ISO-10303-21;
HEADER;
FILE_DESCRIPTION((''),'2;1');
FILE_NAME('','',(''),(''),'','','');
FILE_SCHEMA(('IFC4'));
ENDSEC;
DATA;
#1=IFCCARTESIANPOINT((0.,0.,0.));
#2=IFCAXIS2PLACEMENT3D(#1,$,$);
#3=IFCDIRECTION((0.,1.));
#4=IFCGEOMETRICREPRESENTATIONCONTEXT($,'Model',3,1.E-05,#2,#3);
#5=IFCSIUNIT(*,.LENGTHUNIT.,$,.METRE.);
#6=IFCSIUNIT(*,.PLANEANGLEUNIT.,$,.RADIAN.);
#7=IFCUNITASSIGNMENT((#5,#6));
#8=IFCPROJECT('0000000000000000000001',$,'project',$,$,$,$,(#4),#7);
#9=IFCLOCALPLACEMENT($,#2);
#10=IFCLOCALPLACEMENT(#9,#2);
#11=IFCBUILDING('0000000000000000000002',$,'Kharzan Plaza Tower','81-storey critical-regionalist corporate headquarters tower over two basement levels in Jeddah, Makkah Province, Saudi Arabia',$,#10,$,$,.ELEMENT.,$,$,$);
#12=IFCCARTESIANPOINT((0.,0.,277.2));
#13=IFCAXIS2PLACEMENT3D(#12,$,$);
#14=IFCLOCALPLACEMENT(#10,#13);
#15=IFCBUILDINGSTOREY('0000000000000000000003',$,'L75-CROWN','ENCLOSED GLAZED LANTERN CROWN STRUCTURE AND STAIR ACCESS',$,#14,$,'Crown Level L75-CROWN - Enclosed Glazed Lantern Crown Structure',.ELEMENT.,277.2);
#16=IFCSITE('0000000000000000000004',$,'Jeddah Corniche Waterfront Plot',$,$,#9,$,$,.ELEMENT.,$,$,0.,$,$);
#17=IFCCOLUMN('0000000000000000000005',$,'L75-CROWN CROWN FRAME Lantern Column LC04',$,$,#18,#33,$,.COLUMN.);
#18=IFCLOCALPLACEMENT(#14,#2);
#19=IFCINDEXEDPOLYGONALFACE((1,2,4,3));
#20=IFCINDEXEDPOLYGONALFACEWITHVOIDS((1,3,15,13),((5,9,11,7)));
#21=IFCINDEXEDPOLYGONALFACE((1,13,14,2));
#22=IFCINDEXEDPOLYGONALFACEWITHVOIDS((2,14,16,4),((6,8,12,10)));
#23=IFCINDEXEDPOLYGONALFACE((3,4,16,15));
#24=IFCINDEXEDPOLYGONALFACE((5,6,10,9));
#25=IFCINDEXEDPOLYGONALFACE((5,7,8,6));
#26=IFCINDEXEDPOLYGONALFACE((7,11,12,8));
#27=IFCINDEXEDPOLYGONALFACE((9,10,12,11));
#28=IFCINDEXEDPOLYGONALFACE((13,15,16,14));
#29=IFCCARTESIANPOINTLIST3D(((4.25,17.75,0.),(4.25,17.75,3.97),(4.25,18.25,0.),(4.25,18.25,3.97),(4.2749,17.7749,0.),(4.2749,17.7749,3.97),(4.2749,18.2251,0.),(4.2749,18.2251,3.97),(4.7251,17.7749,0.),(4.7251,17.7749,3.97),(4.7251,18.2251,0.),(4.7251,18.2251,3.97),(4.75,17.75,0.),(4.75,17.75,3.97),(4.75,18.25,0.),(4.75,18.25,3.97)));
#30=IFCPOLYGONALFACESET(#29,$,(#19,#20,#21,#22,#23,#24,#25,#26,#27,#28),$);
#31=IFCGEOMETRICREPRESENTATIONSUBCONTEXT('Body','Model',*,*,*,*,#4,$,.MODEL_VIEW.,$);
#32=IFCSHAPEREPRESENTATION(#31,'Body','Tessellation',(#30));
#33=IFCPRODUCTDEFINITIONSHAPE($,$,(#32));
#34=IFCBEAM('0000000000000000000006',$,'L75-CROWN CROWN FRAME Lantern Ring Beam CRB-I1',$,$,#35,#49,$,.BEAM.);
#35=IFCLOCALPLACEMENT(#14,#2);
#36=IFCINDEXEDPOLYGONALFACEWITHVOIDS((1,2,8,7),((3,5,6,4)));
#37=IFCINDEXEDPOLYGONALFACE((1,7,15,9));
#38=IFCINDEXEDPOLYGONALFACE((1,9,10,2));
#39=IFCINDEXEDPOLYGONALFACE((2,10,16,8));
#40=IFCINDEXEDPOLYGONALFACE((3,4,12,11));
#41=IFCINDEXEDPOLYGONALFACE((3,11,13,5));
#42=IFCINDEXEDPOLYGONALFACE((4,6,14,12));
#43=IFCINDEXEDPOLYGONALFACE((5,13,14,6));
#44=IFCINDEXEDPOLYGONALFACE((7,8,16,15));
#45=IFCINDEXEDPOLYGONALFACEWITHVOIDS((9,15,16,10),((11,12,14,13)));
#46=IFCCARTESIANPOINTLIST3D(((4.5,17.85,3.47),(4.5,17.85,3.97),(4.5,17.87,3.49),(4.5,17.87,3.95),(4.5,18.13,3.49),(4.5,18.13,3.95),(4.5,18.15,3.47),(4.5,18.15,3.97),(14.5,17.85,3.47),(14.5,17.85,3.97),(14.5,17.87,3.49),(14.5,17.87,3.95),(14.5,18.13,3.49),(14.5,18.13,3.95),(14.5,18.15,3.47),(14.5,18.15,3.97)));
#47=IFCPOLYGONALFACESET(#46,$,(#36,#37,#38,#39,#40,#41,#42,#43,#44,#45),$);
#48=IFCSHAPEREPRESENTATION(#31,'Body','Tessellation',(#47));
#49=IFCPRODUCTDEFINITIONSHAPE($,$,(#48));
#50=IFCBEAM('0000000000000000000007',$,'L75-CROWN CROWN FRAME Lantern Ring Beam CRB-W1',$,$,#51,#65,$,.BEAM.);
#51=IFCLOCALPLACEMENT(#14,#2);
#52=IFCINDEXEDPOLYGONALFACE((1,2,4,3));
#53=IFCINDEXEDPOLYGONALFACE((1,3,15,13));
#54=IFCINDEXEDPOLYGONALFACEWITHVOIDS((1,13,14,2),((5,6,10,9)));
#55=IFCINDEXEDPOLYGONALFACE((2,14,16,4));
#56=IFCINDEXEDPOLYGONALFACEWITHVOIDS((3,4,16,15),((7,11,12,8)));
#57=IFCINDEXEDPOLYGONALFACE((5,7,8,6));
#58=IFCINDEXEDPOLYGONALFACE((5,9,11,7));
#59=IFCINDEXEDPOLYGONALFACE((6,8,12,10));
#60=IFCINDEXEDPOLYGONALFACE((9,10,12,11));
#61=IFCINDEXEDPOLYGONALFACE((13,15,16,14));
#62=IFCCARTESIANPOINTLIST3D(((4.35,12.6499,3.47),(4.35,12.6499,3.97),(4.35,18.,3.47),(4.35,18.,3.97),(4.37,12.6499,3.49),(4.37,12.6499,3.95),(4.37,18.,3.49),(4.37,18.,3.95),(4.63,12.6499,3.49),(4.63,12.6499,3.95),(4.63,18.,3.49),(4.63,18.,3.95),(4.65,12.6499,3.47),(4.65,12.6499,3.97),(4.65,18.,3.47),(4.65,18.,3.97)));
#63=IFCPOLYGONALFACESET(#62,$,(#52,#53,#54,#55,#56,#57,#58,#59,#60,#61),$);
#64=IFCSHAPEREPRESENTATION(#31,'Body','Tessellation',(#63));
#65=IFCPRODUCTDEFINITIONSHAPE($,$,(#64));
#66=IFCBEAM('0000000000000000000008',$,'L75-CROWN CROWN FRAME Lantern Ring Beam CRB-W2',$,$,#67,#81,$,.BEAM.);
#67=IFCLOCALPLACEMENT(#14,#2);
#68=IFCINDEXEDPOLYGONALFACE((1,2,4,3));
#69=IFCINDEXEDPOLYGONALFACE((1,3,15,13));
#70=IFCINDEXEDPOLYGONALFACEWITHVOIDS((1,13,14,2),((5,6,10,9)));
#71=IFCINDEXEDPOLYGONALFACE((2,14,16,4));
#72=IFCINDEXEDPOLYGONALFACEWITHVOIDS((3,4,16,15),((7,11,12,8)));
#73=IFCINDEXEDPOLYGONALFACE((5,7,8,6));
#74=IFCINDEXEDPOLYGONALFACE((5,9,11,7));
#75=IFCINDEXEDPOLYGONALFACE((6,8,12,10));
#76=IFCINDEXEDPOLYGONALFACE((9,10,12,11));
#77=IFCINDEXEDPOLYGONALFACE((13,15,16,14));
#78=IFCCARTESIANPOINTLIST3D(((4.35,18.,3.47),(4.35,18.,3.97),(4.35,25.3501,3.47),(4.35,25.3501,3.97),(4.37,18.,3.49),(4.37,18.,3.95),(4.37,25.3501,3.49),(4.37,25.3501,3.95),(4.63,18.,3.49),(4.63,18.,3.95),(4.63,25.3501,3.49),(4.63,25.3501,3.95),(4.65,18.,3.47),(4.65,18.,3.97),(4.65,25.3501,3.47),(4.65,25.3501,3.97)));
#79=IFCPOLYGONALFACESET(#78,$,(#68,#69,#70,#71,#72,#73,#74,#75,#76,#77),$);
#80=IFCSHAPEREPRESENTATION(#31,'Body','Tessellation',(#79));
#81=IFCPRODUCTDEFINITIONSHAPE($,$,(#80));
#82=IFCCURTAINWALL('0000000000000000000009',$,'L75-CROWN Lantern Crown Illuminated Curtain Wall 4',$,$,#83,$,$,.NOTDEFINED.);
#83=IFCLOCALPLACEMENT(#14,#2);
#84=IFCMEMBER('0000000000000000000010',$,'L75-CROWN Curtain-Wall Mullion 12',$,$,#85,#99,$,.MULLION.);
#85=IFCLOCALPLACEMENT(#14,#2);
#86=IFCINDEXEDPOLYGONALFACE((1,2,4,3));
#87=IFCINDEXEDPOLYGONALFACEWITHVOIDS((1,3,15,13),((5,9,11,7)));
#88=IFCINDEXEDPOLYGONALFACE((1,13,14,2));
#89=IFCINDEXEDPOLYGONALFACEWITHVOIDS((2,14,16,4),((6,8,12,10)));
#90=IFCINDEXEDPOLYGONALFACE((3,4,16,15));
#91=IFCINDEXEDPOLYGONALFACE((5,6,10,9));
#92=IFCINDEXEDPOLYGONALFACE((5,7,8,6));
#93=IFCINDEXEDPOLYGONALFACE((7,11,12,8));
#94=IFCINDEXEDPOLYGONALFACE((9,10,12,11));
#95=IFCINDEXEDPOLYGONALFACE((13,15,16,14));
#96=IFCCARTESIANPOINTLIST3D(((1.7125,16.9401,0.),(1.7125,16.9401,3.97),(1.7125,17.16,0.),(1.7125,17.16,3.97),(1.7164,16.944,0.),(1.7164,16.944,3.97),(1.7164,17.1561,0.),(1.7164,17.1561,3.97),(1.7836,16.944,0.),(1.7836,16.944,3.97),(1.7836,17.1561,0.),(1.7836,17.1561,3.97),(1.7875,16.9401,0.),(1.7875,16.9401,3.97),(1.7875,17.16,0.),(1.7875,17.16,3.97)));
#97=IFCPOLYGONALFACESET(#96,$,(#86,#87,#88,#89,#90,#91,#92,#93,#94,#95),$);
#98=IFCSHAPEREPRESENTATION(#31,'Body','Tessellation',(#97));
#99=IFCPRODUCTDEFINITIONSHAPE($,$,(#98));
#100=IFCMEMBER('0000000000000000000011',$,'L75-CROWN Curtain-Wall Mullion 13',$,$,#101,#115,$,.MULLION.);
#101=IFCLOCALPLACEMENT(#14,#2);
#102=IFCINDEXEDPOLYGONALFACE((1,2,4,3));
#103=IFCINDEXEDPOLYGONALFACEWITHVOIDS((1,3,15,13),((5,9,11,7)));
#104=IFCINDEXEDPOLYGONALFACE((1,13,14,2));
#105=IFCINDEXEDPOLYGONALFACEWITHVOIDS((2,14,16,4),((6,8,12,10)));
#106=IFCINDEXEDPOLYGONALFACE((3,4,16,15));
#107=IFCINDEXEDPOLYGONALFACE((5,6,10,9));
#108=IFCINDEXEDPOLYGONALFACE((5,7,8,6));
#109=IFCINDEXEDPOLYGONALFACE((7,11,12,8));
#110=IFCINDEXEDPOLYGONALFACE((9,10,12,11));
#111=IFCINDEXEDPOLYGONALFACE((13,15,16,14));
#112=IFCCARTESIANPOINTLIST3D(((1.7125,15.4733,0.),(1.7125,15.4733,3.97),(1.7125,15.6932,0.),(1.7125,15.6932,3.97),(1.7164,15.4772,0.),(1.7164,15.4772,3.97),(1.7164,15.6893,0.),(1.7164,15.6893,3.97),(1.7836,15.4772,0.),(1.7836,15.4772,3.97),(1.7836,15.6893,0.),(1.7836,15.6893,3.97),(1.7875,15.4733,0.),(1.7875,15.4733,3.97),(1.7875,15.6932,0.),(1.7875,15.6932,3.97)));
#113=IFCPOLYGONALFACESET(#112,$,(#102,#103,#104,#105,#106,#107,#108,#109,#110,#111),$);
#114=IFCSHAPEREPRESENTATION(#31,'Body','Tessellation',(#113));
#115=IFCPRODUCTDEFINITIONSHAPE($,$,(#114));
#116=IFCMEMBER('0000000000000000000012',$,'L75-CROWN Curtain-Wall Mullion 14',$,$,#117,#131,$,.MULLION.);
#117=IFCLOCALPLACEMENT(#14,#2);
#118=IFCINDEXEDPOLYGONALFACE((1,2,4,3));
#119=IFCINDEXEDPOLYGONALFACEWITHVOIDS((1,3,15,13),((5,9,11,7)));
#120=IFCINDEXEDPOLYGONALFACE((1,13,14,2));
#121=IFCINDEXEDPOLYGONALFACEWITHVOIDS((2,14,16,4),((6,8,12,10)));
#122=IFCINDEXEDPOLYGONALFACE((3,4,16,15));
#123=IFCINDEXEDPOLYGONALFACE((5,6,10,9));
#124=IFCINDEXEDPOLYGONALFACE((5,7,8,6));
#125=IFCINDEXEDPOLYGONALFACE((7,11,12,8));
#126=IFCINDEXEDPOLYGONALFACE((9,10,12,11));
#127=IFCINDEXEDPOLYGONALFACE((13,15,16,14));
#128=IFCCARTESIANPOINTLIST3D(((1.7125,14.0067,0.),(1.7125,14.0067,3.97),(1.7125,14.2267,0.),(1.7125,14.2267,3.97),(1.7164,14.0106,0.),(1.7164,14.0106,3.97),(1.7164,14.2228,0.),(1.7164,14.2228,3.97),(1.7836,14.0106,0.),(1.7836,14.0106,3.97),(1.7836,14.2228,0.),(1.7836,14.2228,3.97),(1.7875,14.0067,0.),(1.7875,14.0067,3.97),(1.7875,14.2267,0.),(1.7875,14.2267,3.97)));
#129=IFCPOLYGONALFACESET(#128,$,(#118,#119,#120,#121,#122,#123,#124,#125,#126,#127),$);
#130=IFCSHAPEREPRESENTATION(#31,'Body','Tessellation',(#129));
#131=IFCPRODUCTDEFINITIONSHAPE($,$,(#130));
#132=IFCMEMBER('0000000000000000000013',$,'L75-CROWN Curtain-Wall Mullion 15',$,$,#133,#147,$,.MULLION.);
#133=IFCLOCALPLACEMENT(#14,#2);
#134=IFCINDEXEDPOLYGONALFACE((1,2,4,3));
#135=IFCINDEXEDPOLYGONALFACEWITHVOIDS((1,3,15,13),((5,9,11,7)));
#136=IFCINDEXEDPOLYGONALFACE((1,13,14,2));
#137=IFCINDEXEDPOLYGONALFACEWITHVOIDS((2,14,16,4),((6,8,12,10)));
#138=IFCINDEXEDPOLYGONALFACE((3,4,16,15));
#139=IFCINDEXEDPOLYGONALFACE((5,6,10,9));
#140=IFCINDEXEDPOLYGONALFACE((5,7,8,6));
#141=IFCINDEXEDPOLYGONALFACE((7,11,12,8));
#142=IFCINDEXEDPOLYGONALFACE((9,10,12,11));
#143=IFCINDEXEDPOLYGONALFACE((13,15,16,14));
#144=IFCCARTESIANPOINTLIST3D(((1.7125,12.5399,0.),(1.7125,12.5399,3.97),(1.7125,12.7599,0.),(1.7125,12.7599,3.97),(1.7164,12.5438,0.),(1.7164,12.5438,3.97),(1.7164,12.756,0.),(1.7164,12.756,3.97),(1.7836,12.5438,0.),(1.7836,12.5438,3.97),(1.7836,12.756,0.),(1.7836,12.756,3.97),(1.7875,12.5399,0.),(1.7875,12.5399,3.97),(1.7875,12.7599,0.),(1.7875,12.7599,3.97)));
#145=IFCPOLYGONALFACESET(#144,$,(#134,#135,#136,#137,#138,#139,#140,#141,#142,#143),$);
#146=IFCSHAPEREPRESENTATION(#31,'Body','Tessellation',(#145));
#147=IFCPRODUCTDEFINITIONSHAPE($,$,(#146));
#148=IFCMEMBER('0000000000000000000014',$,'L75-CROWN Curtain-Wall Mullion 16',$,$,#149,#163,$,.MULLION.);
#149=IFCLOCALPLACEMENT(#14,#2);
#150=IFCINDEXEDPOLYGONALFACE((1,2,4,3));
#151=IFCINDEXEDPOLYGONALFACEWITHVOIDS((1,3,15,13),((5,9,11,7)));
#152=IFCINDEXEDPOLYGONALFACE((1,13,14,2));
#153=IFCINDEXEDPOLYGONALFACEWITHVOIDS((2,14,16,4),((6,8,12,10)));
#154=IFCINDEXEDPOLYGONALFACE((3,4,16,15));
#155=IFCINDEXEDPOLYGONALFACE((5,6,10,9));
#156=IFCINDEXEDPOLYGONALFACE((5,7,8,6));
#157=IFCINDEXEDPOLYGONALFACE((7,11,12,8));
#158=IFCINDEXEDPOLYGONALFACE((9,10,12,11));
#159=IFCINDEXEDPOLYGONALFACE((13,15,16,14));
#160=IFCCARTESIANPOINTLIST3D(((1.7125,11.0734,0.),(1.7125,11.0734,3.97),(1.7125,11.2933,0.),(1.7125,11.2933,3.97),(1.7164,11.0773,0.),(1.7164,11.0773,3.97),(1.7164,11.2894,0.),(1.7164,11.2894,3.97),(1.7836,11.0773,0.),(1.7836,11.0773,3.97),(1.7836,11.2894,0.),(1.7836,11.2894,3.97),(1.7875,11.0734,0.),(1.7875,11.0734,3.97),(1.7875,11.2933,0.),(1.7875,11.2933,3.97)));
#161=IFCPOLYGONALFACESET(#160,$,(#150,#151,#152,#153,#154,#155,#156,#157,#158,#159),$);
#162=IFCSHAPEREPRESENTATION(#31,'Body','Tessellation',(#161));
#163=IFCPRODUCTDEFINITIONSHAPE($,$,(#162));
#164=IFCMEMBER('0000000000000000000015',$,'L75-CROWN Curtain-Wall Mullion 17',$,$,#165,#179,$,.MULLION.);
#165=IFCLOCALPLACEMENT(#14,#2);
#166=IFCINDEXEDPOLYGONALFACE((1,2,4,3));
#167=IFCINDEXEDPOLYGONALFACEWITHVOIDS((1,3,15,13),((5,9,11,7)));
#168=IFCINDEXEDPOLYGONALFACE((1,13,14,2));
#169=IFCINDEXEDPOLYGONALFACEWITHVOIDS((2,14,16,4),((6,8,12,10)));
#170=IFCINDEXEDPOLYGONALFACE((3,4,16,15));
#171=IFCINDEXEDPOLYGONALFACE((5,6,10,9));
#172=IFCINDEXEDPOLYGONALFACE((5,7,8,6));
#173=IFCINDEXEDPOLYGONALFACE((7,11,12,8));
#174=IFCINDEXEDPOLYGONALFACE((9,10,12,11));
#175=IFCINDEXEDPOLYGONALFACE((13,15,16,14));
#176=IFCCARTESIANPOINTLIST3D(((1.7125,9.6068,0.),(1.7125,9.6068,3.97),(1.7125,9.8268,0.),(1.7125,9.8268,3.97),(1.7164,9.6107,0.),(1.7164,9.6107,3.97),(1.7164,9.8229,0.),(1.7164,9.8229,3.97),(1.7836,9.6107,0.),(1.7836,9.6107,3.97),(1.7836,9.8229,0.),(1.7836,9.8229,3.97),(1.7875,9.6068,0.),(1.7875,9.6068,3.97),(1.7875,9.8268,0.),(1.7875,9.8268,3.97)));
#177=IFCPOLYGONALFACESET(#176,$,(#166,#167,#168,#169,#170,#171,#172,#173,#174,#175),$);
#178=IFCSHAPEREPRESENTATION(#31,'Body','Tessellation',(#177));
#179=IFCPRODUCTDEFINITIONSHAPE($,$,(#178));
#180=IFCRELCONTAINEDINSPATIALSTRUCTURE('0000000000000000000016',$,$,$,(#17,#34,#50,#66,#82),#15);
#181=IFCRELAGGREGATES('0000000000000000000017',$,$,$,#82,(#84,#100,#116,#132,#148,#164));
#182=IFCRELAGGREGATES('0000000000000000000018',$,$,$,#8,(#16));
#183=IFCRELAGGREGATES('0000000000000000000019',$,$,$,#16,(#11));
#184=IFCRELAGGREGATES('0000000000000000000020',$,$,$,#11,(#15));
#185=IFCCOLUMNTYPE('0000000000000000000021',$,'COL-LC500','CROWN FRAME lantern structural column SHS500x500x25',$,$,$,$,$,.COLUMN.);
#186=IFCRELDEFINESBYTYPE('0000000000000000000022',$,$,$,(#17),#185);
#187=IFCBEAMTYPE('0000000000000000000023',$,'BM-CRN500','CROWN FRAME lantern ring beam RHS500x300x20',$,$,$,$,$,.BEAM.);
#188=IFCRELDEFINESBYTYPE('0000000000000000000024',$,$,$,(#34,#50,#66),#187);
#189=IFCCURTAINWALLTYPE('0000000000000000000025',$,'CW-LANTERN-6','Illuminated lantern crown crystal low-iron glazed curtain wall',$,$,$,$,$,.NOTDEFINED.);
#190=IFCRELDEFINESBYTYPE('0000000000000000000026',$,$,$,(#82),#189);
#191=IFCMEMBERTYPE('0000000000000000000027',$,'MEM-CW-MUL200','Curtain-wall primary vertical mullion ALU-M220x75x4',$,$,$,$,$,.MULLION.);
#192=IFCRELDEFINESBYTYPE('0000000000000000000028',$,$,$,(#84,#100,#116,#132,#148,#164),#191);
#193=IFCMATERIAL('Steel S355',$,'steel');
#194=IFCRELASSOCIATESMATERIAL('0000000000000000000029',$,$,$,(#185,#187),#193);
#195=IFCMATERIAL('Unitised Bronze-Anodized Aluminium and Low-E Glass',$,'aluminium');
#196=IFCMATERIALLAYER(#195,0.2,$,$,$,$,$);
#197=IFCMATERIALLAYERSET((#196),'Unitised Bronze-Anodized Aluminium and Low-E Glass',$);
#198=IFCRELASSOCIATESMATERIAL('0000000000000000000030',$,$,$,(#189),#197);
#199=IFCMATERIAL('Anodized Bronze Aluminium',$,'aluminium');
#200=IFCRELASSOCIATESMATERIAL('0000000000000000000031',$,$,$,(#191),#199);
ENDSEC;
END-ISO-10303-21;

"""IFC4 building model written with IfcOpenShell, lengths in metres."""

from ifc_helpers import new_model, si_unit, direction, frame, origin, origin_2d, place, context, subcontext, project, spatial, hollow_rectangle, extrude, source, transform, mapped, material, layer, layer_set, material_profile, profile_set, type_object, element, aggregate, save


model = new_model("IFC4")

# Units and contexts
model_context = context("Model", 3, precision=1e-05, world=origin(), true_north=direction((0.0, 1.0)))
body_context = subcontext(model_context, "Body", "Model", "MODEL_VIEW")
ifc_project = project(units=[si_unit("LENGTHUNIT", "METRE"), si_unit("PLANEANGLEUNIT", "RADIAN")], contexts=[model_context])

# Site, building, storey
site_placement = place(None, origin())
site = spatial("IfcSite", under=ifc_project, at=site_placement, Name="Jeddah Corniche Waterfront Plot", CompositionType="ELEMENT", RefElevation=0.0)
building_placement = place(site_placement, origin())
building = spatial("IfcBuilding", under=site, at=building_placement, Name="Kharzan Plaza Tower", Description="81-storey critical-regionalist corporate headquarters tower over two basement levels in Jeddah, Makkah Province, Saudi Arabia", CompositionType="ELEMENT")
storey_placement = place(building_placement, frame((0.0, 0.0, 277.2)))
storey = spatial("IfcBuildingStorey", under=building, at=storey_placement, Name="L75-CROWN", Description="ENCLOSED GLAZED LANTERN CROWN STRUCTURE AND STAIR ACCESS", LongName="Crown Level L75-CROWN - Enclosed Glazed Lantern Crown Structure", CompositionType="ELEMENT", Elevation=277.2)

# Column
ifc_material_1 = material(Name="Steel S355", Category="steel")
ifc_material_profile_1 = material_profile(ifc_material_1, hollow_rectangle(XDim=0.5, YDim=0.5, WallThickness=0.0249, at=origin_2d()), Name="SHS500x500x25")
ifc_profile_set_1 = profile_set([ifc_material_profile_1], Name="Steel S355")
column_type = type_object("IfcColumnType", Name="COL-LC500", Description="CROWN FRAME lantern structural column SHS500x500x25", PredefinedType="COLUMN", material=ifc_profile_set_1)
shared_shape_1 = source(origin(), body_context, "Body", "SweptSolid", [
    extrude(hollow_rectangle(XDim=0.5, YDim=0.5, WallThickness=0.0249, at=origin_2d()), origin(), (0.0, 0.0, 1.0), 3.97),
])
column_placement = place(storey_placement, frame((4.5, 18.0, 0.0), z_axis=(0.0, 0.0, 1.0), x_axis=(1.0, 0.0, 0.0)))
element("IfcColumn", 1, at=column_placement, inside=storey, type_object=column_type, Name="L75-CROWN CROWN FRAME Lantern Column LC04", PredefinedType="COLUMN", context=body_context, shape_type="MappedRepresentation", body=[
    mapped(shared_shape_1, transform((0.0, 0.0, 0.0), x_axis=(1.0, 0.0, 0.0), y_axis=(0.0, 1.0, 0.0), z_axis=(0.0, 0.0, 1.0))),
])

# Beams
ifc_material_profile_2 = material_profile(ifc_material_1, hollow_rectangle(XDim=0.3, YDim=0.5, WallThickness=0.02, at=origin_2d()), Name="RHS500x300x20")
ifc_profile_set_2 = profile_set([ifc_material_profile_2], Name="Steel S355")
beam_type = type_object("IfcBeamType", Name="BM-CRN500", Description="CROWN FRAME lantern ring beam RHS500x300x20", PredefinedType="BEAM", material=ifc_profile_set_2)
shared_shape_2 = source(origin(), body_context, "Body", "SweptSolid", [
    extrude(hollow_rectangle(XDim=0.3, YDim=0.5, WallThickness=0.02, at=origin_2d()), origin(), (0.0, 0.0, 1.0), 10.0),
])
beam_1_placement = place(storey_placement, frame((4.5, 18.0, 3.72), z_axis=(1.0, 0.0, 0.0), x_axis=(0.0, 1.0, 0.0)))
element("IfcBeam", 2, at=beam_1_placement, inside=storey, type_object=beam_type, Name="L75-CROWN CROWN FRAME Lantern Ring Beam CRB-I1", PredefinedType="BEAM", context=body_context, shape_type="MappedRepresentation", body=[
    mapped(shared_shape_2, transform((0.0, 0.0, 0.0), x_axis=(1.0, 0.0, 0.0), y_axis=(0.0, 1.0, 0.0), z_axis=(0.0, 0.0, 1.0))),
])
shared_shape_3 = source(origin(), body_context, "Body", "SweptSolid", [
    extrude(hollow_rectangle(XDim=0.3, YDim=0.5, WallThickness=0.02, at=origin_2d()), origin(), (0.0, 0.0, 1.0), 5.3501),
])
beam_2_placement = place(storey_placement, frame((4.5, 12.6499, 3.72), z_axis=(0.0, 1.0, 0.0), x_axis=(-1.0, 0.0, 0.0)))
element("IfcBeam", 3, at=beam_2_placement, inside=storey, type_object=beam_type, Name="L75-CROWN CROWN FRAME Lantern Ring Beam CRB-W1", PredefinedType="BEAM", context=body_context, shape_type="MappedRepresentation", body=[
    mapped(shared_shape_3, transform((0.0, 0.0, 0.0), x_axis=(1.0, 0.0, 0.0), y_axis=(0.0, 1.0, 0.0), z_axis=(0.0, 0.0, 1.0))),
])
shared_shape_4 = source(origin(), body_context, "Body", "SweptSolid", [
    extrude(hollow_rectangle(XDim=0.3, YDim=0.5, WallThickness=0.02, at=origin_2d()), origin(), (0.0, 0.0, 1.0), 7.3501),
])
beam_3_placement = place(storey_placement, frame((4.5, 18.0, 3.72), z_axis=(0.0, 1.0, 0.0), x_axis=(-1.0, 0.0, 0.0)))
element("IfcBeam", 4, at=beam_3_placement, inside=storey, type_object=beam_type, Name="L75-CROWN CROWN FRAME Lantern Ring Beam CRB-W2", PredefinedType="BEAM", context=body_context, shape_type="MappedRepresentation", body=[
    mapped(shared_shape_4, transform((0.0, 0.0, 0.0), x_axis=(1.0, 0.0, 0.0), y_axis=(0.0, 1.0, 0.0), z_axis=(0.0, 0.0, 1.0))),
])

# Curtain wall, members
ifc_material_2 = material(Name="Unitised Bronze-Anodized Aluminium and Low-E Glass", Category="aluminium")
ifc_layer_1 = layer(ifc_material_2, 0.2)
ifc_layer_set_1 = layer_set([ifc_layer_1], Name="Unitised Bronze-Anodized Aluminium and Low-E Glass")
curtain_wall_type = type_object("IfcCurtainWallType", Name="CW-LANTERN-6", Description="Illuminated lantern crown crystal low-iron glazed curtain wall", PredefinedType="NOTDEFINED", material=ifc_layer_set_1)
curtain_wall_placement = place(storey_placement, origin())
curtain_wall = element("IfcCurtainWall", 5, at=curtain_wall_placement, inside=storey, type_object=curtain_wall_type, Name="L75-CROWN Lantern Crown Illuminated Curtain Wall 4", PredefinedType="NOTDEFINED")
ifc_material_3 = material(Name="Anodized Bronze Aluminium", Category="aluminium")
ifc_material_profile_3 = material_profile(ifc_material_3, hollow_rectangle(XDim=0.075, YDim=0.22, WallThickness=0.0039, at=origin_2d()), Name="ALU-M220x75x4")
ifc_profile_set_3 = profile_set([ifc_material_profile_3], Name="Anodized Bronze Aluminium")
member_type = type_object("IfcMemberType", Name="MEM-CW-MUL200", Description="Curtain-wall primary vertical mullion ALU-M220x75x4", PredefinedType="MULLION", material=ifc_profile_set_3)
shared_shape_5 = source(origin(), body_context, "Body", "SweptSolid", [
    extrude(hollow_rectangle(XDim=0.075, YDim=0.22, WallThickness=0.0039, at=origin_2d()), origin(), (0.0, 0.0, 1.0), 3.97),
])
member_1_placement = place(storey_placement, frame((1.75, 17.05, 0.0), z_axis=(0.0, 0.0, 1.0), x_axis=(1.0, 0.0, 0.0)))
member_1 = element("IfcMember", 6, at=member_1_placement, type_object=member_type, Name="L75-CROWN Curtain-Wall Mullion 12", PredefinedType="MULLION", context=body_context, shape_type="MappedRepresentation", body=[
    mapped(shared_shape_5, transform((0.0, 0.0, 0.0), x_axis=(1.0, 0.0, 0.0), y_axis=(0.0, 1.0, 0.0), z_axis=(0.0, 0.0, 1.0))),
])
member_2_placement = place(storey_placement, frame((1.75, 15.5833, 0.0), z_axis=(0.0, 0.0, 1.0), x_axis=(1.0, 0.0, 0.0)))
member_2 = element("IfcMember", 7, at=member_2_placement, type_object=member_type, Name="L75-CROWN Curtain-Wall Mullion 13", PredefinedType="MULLION", context=body_context, shape_type="MappedRepresentation", body=[
    mapped(shared_shape_5, transform((0.0, 0.0, 0.0), x_axis=(1.0, 0.0, 0.0), y_axis=(0.0, 1.0, 0.0), z_axis=(0.0, 0.0, 1.0))),
])
member_3_placement = place(storey_placement, frame((1.75, 14.1167, 0.0), z_axis=(0.0, 0.0, 1.0), x_axis=(1.0, 0.0, 0.0)))
member_3 = element("IfcMember", 8, at=member_3_placement, type_object=member_type, Name="L75-CROWN Curtain-Wall Mullion 14", PredefinedType="MULLION", context=body_context, shape_type="MappedRepresentation", body=[
    mapped(shared_shape_5, transform((0.0, 0.0, 0.0), x_axis=(1.0, 0.0, 0.0), y_axis=(0.0, 1.0, 0.0), z_axis=(0.0, 0.0, 1.0))),
])
member_4_placement = place(storey_placement, frame((1.75, 12.6499, 0.0), z_axis=(0.0, 0.0, 1.0), x_axis=(1.0, 0.0, 0.0)))
member_4 = element("IfcMember", 9, at=member_4_placement, type_object=member_type, Name="L75-CROWN Curtain-Wall Mullion 15", PredefinedType="MULLION", context=body_context, shape_type="MappedRepresentation", body=[
    mapped(shared_shape_5, transform((0.0, 0.0, 0.0), x_axis=(1.0, 0.0, 0.0), y_axis=(0.0, 1.0, 0.0), z_axis=(0.0, 0.0, 1.0))),
])
member_5_placement = place(storey_placement, frame((1.75, 11.1833, 0.0), z_axis=(0.0, 0.0, 1.0), x_axis=(1.0, 0.0, 0.0)))
member_5 = element("IfcMember", 10, at=member_5_placement, type_object=member_type, Name="L75-CROWN Curtain-Wall Mullion 16", PredefinedType="MULLION", context=body_context, shape_type="MappedRepresentation", body=[
    mapped(shared_shape_5, transform((0.0, 0.0, 0.0), x_axis=(1.0, 0.0, 0.0), y_axis=(0.0, 1.0, 0.0), z_axis=(0.0, 0.0, 1.0))),
])
member_6_placement = place(storey_placement, frame((1.75, 9.7168, 0.0), z_axis=(0.0, 0.0, 1.0), x_axis=(1.0, 0.0, 0.0)))
member_6 = element("IfcMember", 11, at=member_6_placement, type_object=member_type, Name="L75-CROWN Curtain-Wall Mullion 17", PredefinedType="MULLION", context=body_context, shape_type="MappedRepresentation", body=[
    mapped(shared_shape_5, transform((0.0, 0.0, 0.0), x_axis=(1.0, 0.0, 0.0), y_axis=(0.0, 1.0, 0.0), z_axis=(0.0, 0.0, 1.0))),
])
aggregate(curtain_wall, [member_1, member_2, member_3, member_4, member_5, member_6])

save(model, "model.ifc")
